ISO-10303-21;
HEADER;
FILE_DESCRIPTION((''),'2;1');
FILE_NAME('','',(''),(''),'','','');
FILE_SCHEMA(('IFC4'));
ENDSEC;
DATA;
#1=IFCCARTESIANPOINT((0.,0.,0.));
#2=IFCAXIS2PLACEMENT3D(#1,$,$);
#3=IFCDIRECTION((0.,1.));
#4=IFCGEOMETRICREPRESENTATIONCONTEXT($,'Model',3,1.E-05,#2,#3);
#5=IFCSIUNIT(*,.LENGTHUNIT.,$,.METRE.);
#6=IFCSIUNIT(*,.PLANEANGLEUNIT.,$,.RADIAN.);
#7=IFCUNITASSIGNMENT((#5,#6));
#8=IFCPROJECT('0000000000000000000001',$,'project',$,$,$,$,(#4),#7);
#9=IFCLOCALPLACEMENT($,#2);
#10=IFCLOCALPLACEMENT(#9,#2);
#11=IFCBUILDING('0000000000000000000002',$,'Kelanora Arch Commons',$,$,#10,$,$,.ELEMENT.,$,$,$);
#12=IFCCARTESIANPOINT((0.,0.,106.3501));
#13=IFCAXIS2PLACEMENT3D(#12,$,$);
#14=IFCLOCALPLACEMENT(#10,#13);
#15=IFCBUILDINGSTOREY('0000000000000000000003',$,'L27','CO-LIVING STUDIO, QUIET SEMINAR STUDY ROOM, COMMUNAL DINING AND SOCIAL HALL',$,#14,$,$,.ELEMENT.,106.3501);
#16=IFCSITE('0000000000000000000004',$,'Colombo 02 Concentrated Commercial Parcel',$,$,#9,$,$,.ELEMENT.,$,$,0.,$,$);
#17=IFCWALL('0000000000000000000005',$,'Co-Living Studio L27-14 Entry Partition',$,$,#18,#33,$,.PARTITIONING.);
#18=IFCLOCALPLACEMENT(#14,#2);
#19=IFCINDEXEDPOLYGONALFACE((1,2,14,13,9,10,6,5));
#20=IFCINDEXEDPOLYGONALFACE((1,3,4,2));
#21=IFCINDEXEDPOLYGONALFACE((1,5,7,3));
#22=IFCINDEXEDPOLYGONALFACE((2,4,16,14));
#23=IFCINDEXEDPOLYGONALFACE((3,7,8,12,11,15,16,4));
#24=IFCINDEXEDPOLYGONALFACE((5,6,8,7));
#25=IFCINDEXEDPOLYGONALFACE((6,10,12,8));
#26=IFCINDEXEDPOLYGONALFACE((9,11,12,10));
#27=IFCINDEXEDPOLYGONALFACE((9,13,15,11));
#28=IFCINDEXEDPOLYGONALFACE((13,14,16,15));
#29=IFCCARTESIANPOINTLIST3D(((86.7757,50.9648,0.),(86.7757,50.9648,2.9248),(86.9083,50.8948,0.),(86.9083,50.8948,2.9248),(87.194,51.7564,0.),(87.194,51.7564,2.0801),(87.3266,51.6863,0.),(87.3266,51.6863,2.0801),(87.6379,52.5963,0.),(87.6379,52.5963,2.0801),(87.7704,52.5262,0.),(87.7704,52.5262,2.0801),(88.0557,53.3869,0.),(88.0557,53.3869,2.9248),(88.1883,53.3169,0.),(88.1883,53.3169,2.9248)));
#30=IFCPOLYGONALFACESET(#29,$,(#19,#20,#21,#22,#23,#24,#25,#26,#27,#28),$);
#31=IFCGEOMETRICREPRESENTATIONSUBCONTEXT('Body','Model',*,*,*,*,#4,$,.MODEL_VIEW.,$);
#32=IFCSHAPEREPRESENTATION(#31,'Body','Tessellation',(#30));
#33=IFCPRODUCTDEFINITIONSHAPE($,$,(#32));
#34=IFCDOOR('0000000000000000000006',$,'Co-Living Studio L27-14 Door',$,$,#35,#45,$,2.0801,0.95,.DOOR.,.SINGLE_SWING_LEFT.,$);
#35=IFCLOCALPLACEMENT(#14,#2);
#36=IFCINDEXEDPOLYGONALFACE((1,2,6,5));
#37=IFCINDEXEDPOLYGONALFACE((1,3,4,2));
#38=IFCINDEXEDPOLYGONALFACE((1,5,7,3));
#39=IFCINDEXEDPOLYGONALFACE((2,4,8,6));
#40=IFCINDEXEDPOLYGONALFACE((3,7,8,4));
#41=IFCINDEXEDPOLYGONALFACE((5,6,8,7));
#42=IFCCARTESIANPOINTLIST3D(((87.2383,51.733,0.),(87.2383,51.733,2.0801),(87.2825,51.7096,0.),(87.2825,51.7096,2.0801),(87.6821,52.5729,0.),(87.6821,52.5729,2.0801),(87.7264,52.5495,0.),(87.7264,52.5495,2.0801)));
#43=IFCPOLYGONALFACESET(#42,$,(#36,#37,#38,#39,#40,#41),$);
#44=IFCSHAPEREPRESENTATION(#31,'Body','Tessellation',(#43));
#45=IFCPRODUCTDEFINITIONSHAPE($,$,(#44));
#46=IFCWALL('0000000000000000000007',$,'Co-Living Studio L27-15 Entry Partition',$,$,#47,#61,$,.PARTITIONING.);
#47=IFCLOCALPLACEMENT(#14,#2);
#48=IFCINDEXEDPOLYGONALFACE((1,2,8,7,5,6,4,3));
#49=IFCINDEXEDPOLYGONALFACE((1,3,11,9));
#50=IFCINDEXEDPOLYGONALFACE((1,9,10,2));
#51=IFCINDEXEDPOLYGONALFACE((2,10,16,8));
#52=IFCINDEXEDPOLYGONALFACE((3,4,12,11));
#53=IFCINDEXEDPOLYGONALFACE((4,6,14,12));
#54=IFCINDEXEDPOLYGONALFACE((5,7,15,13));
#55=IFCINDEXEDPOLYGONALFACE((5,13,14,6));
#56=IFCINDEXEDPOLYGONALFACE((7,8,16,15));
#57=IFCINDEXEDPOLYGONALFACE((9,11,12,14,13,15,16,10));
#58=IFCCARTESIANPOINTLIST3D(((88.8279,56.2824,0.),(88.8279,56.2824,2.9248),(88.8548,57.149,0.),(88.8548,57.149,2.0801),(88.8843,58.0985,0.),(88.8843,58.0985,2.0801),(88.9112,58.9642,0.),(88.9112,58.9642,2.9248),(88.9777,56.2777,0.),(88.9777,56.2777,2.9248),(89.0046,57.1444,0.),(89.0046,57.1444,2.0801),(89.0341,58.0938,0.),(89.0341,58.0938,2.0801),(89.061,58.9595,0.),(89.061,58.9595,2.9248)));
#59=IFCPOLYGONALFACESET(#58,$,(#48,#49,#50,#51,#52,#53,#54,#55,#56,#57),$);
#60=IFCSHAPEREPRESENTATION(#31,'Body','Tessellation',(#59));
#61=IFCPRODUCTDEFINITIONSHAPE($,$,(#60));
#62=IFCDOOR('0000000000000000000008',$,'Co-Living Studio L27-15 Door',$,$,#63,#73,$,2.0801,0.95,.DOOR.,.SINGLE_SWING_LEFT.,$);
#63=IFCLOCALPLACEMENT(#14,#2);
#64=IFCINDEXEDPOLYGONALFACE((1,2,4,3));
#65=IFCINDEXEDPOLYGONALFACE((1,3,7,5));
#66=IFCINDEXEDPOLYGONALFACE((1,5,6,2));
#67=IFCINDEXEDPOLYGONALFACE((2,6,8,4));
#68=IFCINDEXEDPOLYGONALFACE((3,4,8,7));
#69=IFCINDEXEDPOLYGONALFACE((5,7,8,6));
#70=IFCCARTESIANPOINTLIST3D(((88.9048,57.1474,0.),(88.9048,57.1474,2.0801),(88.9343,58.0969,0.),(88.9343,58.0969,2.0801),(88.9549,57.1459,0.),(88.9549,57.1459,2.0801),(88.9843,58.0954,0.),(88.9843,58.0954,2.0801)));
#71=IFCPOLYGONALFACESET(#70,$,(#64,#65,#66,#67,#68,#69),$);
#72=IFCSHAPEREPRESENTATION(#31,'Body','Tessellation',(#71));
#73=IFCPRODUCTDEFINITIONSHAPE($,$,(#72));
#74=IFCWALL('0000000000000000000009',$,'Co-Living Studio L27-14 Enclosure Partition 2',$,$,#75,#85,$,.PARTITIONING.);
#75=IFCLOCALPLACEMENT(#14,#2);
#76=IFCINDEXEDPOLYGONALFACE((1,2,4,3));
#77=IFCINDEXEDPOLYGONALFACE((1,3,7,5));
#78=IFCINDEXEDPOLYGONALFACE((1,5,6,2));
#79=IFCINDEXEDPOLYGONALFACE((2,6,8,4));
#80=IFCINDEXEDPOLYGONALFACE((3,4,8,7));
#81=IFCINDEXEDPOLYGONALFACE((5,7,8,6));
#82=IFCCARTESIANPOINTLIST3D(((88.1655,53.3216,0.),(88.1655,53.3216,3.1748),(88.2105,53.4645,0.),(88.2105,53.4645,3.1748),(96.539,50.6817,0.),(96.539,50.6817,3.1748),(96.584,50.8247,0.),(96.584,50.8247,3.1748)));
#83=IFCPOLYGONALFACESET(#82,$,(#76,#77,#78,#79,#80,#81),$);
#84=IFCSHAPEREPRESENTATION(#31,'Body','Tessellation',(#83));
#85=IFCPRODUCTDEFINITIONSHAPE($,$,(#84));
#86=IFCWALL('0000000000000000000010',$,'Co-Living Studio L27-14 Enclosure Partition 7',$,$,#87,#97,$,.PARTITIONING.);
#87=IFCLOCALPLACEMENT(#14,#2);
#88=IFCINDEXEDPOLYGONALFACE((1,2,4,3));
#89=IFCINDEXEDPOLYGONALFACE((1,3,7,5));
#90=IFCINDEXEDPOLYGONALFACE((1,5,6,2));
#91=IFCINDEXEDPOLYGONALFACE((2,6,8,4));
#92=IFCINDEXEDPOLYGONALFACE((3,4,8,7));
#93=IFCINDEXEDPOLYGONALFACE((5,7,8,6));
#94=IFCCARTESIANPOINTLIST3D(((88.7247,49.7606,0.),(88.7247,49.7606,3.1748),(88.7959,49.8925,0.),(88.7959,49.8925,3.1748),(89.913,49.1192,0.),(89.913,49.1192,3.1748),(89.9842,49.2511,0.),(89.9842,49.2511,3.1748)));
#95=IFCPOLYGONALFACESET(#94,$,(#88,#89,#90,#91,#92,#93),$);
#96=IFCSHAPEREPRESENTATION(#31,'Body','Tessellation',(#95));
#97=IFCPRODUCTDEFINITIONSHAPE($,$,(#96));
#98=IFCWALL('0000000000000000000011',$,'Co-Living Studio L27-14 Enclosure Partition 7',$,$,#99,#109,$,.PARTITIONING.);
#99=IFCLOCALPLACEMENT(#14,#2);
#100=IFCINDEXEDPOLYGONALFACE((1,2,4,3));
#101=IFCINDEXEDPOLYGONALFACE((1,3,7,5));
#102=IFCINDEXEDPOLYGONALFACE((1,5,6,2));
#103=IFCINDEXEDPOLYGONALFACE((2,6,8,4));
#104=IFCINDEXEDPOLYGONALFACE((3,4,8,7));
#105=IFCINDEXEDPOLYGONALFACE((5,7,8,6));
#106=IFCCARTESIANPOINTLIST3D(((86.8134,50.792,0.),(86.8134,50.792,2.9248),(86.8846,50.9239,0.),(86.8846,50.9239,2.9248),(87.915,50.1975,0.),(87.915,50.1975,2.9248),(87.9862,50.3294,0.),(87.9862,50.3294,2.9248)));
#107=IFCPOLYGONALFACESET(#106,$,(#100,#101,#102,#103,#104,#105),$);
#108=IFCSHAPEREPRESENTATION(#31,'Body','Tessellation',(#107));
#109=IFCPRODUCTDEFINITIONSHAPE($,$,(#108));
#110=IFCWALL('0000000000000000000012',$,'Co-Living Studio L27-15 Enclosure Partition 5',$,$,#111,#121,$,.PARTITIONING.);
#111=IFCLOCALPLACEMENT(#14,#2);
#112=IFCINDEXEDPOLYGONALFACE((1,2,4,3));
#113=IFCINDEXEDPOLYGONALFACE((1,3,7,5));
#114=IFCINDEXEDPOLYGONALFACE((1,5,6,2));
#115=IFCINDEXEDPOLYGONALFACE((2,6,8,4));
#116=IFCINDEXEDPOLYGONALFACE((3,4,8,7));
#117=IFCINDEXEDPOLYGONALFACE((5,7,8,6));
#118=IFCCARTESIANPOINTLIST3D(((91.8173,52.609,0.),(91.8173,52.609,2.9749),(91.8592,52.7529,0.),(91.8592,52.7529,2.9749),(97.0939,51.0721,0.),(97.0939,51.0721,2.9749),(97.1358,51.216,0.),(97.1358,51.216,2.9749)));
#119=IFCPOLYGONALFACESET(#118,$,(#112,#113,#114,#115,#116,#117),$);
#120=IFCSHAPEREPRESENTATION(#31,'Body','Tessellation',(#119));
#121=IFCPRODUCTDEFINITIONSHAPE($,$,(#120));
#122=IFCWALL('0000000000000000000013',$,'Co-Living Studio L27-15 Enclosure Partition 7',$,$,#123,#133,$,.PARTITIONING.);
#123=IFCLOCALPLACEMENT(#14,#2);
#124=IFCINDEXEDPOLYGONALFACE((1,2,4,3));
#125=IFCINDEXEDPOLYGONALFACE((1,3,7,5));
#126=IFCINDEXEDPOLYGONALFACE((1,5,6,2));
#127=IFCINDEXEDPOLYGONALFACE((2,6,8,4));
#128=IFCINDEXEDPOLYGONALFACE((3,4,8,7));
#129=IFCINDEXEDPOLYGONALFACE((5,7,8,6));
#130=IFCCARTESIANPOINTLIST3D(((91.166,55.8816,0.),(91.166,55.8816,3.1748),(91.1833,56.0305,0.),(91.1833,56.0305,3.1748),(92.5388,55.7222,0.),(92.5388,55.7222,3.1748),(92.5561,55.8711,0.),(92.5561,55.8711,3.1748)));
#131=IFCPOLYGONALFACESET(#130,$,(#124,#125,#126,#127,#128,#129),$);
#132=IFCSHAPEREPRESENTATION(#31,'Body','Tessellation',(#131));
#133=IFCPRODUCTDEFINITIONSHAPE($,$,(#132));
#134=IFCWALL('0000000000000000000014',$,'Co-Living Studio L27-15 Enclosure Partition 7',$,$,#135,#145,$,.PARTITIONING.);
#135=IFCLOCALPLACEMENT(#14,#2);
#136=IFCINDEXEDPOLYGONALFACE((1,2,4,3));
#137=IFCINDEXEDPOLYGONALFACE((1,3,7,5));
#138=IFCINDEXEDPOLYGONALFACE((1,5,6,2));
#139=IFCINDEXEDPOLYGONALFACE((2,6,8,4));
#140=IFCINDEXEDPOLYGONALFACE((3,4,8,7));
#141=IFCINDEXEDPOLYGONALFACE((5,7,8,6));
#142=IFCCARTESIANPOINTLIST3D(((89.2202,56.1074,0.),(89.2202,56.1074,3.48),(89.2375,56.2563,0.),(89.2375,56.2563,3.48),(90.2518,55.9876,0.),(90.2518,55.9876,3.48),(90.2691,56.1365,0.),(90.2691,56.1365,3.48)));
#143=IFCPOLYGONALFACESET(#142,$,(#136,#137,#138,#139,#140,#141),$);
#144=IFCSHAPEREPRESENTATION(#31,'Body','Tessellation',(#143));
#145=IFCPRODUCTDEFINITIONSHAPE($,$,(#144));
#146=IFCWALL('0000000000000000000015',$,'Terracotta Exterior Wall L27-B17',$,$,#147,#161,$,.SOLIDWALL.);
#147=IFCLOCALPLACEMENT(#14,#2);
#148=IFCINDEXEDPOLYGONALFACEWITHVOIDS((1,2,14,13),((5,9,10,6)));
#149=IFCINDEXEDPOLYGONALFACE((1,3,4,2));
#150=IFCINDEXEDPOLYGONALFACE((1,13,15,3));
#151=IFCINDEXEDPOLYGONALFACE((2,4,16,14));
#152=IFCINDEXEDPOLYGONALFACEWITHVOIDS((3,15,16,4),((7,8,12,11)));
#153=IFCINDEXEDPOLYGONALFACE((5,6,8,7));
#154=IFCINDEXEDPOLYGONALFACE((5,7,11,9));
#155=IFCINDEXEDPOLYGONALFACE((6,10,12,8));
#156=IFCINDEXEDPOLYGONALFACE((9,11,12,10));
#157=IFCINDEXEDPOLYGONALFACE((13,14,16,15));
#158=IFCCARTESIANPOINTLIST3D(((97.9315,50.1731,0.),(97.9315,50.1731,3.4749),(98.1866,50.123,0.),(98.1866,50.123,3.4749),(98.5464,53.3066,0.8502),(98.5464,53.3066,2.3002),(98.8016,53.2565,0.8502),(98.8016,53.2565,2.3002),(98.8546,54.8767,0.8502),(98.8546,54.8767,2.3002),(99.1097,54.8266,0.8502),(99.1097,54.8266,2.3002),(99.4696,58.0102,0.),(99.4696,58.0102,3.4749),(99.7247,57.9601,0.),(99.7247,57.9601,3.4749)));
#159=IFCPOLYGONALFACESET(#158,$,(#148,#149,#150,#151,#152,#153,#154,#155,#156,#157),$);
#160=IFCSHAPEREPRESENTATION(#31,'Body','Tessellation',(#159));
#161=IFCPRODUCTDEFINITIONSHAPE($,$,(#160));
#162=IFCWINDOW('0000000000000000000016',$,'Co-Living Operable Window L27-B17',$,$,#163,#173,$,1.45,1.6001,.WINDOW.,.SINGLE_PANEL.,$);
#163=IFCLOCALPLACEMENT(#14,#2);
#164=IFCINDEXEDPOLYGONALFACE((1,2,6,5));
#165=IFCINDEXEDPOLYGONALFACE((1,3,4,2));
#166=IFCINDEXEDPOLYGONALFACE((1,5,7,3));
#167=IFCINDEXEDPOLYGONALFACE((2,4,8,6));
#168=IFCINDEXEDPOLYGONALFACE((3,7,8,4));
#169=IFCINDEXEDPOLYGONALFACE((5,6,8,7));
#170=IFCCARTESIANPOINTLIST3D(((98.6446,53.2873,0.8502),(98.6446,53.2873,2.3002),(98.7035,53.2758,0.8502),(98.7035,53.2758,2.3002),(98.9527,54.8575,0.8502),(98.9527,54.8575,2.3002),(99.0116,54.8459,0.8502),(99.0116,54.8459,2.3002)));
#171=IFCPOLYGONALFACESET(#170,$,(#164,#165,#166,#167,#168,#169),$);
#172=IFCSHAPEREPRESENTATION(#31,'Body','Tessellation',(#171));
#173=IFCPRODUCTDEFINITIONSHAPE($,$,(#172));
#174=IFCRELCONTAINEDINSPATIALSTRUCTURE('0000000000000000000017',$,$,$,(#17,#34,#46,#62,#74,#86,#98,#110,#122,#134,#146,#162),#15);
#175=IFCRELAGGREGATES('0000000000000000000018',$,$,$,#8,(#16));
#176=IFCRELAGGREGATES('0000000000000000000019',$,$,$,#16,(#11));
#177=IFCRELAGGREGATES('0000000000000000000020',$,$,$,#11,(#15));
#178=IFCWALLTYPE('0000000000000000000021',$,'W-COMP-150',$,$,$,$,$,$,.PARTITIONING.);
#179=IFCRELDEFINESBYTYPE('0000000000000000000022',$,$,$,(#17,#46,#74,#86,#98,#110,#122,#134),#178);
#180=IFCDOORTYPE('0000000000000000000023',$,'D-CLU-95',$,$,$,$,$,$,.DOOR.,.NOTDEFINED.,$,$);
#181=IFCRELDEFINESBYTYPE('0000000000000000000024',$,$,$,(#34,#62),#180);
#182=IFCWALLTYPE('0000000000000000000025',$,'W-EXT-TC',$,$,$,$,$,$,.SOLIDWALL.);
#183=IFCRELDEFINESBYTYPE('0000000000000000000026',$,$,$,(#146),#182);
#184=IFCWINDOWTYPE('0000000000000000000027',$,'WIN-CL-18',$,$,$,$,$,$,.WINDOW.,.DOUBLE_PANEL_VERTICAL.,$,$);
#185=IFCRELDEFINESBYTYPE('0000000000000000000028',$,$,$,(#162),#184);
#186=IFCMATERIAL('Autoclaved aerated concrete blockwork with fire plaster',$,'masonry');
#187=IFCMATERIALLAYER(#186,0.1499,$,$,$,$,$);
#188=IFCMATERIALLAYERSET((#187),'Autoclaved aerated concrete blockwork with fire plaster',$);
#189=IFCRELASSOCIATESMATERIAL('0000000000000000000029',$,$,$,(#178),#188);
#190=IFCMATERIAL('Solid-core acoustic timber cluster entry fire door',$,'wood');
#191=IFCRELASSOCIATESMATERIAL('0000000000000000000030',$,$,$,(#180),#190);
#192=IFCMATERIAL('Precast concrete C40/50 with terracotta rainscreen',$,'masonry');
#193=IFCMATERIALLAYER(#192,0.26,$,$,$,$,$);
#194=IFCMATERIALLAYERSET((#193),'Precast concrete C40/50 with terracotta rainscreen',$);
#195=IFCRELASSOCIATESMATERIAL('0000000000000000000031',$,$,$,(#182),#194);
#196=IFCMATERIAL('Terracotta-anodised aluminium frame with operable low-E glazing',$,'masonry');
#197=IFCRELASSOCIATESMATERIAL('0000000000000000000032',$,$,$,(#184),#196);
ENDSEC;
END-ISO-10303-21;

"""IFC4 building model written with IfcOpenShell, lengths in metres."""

from ifc_helpers import new_model, si_unit, direction, frame, frame_2d, origin, place, context, subcontext, project, spatial, rectangle, extrude, material, layer, layer_set, type_object, element, fill, save


model = new_model("IFC4")

# Units and contexts
model_context = context("Model", 3, precision=1e-05, world=origin(), true_north=direction((0.0, 1.0)))
body_context = subcontext(model_context, "Body", "Model", "MODEL_VIEW")
ifc_project = project(units=[si_unit("LENGTHUNIT", "METRE"), si_unit("PLANEANGLEUNIT", "RADIAN")], contexts=[model_context])

# Site, building, storey
site_placement = place(None, origin())
site = spatial("IfcSite", under=ifc_project, at=site_placement, Name="Colombo 02 Concentrated Commercial Parcel", CompositionType="ELEMENT", RefElevation=0.0)
building_placement = place(site_placement, origin())
building = spatial("IfcBuilding", under=site, at=building_placement, Name="Kelanora Arch Commons", CompositionType="ELEMENT")
storey_placement = place(building_placement, frame((0.0, 0.0, 106.3501)))
storey = spatial("IfcBuildingStorey", under=building, at=storey_placement, Name="L27", Description="CO-LIVING STUDIO, QUIET SEMINAR STUDY ROOM, COMMUNAL DINING AND SOCIAL HALL", CompositionType="ELEMENT", Elevation=106.3501)

# Walls, openings, doors
ifc_material_1 = material(Name="Autoclaved aerated concrete blockwork with fire plaster", Category="masonry")
ifc_layer_1 = layer(ifc_material_1, 0.1499)
ifc_layer_set_1 = layer_set([ifc_layer_1], Name="Autoclaved aerated concrete blockwork with fire plaster")
wall_type_1 = type_object("IfcWallType", Name="W-COMP-150", PredefinedType="PARTITIONING", material=ifc_layer_set_1)
wall_1_placement = place(storey_placement, frame((86.842, 50.9299, 0.0), z_axis=(0.0, 0.0, 1.0), x_axis=(0.467241, 0.88413, 0.0)))
wall_1 = element("IfcWall", 1, at=wall_1_placement, inside=storey, type_object=wall_type_1, Name="Co-Living Studio L27-14 Entry Partition", PredefinedType="PARTITIONING", context=body_context, shape_type="SweptSolid", body=[
    extrude(rectangle(XDim=2.7395, YDim=0.1499, at=frame_2d((1.3696, 0.0))), origin(), (0.0, 0.0, 1.0), 2.9248),
])
opening_1_placement = place(wall_1_placement, frame((0.895, 0.0, 0.0)))
opening_1 = element("IfcOpeningElement", 2, at=opening_1_placement, cuts=wall_1, PredefinedType="OPENING", context=body_context, shape_type="SweptSolid", body=[
    extrude(rectangle(XDim=0.95, YDim=2.0801, at=frame_2d((0.4751, 1.04))), frame((0.0, 0.085, 0.0), z_axis=(0.0, -1.0, 0.0), x_axis=(1.0, 0.0, 0.0)), (0.0, 0.0, 1.0), 0.1699),
])
ifc_material_2 = material(Name="Solid-core acoustic timber cluster entry fire door", Category="wood")
door_type_1 = type_object("IfcDoorType", Name="D-CLU-95", OperationType="NOTDEFINED", PredefinedType="DOOR", material=ifc_material_2)
door_1_placement = place(opening_1_placement, origin())
door_1 = element("IfcDoor", 3, at=door_1_placement, inside=storey, type_object=door_type_1, Name="Co-Living Studio L27-14 Door", OperationType="SINGLE_SWING_LEFT", OverallHeight=2.0801, OverallWidth=0.95, PredefinedType="DOOR", context=body_context, shape_type="SweptSolid", body=[
    extrude(rectangle(XDim=0.95, YDim=2.0801, at=frame_2d((0.4751, 1.04))), frame((0.0, 0.0249, 0.0), z_axis=(0.0, -1.0, 0.0), x_axis=(1.0, 0.0, 0.0)), (0.0, 0.0, 1.0), 0.05),
])
fill(opening_1, door_1)
wall_2_placement = place(storey_placement, frame((88.9028, 56.28, 0.0), z_axis=(0.0, 0.0, 1.0), x_axis=(0.031027, 0.999519, 0.0)))
wall_2 = element("IfcWall", 4, at=wall_2_placement, inside=storey, type_object=wall_type_1, Name="Co-Living Studio L27-15 Entry Partition", PredefinedType="PARTITIONING", context=body_context, shape_type="SweptSolid", body=[
    extrude(rectangle(XDim=2.6831, YDim=0.1499, at=frame_2d((1.3416, 0.0))), origin(), (0.0, 0.0, 1.0), 2.9248),
])
opening_2_placement = place(wall_2_placement, frame((0.8669, 0.0, 0.0)))
opening_2 = element("IfcOpeningElement", 5, at=opening_2_placement, cuts=wall_2, PredefinedType="OPENING", context=body_context, shape_type="SweptSolid", body=[
    extrude(rectangle(XDim=0.95, YDim=2.0801, at=frame_2d((0.4751, 1.04))), frame((0.0, 0.085, 0.0), z_axis=(0.0, -1.0, 0.0), x_axis=(1.0, 0.0, 0.0)), (0.0, 0.0, 1.0), 0.1699),
])
door_2_placement = place(opening_2_placement, origin())
door_2 = element("IfcDoor", 6, at=door_2_placement, inside=storey, type_object=door_type_1, Name="Co-Living Studio L27-15 Door", OperationType="SINGLE_SWING_LEFT", OverallHeight=2.0801, OverallWidth=0.95, PredefinedType="DOOR", context=body_context, shape_type="SweptSolid", body=[
    extrude(rectangle(XDim=0.95, YDim=2.0801, at=frame_2d((0.4751, 1.04))), frame((0.0, 0.0249, 0.0), z_axis=(0.0, -1.0, 0.0), x_axis=(1.0, 0.0, 0.0)), (0.0, 0.0, 1.0), 0.05),
])
fill(opening_2, door_2)

# Walls
wall_3_placement = place(storey_placement, frame((88.188, 53.3931, 0.0), z_axis=(0.0, 0.0, 1.0), x_axis=(0.953726, -0.300678, 0.0)))
element("IfcWall", 7, at=wall_3_placement, inside=storey, type_object=wall_type_1, Name="Co-Living Studio L27-14 Enclosure Partition 2", PredefinedType="PARTITIONING", context=body_context, shape_type="SweptSolid", body=[
    extrude(rectangle(XDim=8.7798, YDim=0.1499, at=frame_2d((4.3899, 0.0))), origin(), (0.0, 0.0, 1.0), 3.1748),
])
wall_4_placement = place(storey_placement, frame((89.9487, 49.1851, 0.0), z_axis=(0.0, 0.0, 1.0), x_axis=(-0.879995, 0.474984, 0.0)))
element("IfcWall", 8, at=wall_4_placement, inside=storey, type_object=wall_type_1, Name="Co-Living Studio L27-14 Enclosure Partition 7", PredefinedType="PARTITIONING", context=body_context, shape_type="SweptSolid", body=[
    extrude(rectangle(XDim=1.3503, YDim=0.1499, at=frame_2d((0.6753, 0.0))), origin(), (0.0, 0.0, 1.0), 3.1748),
])
wall_5_placement = place(storey_placement, frame((87.9507, 50.2634, 0.0), z_axis=(0.0, 0.0, 1.0), x_axis=(-0.880026, 0.474925, 0.0)))
element("IfcWall", 9, at=wall_5_placement, inside=storey, type_object=wall_type_1, Name="Co-Living Studio L27-14 Enclosure Partition 7", PredefinedType="PARTITIONING", context=body_context, shape_type="SweptSolid", body=[
    extrude(rectangle(XDim=1.2517, YDim=0.1499, at=frame_2d((0.626, 0.0))), origin(), (0.0, 0.0, 1.0), 2.9248),
])
wall_6_placement = place(storey_placement, frame((97.115, 51.144, 0.0), z_axis=(0.0, 0.0, 1.0), x_axis=(-0.960105, 0.27964, 0.0)))
element("IfcWall", 10, at=wall_6_placement, inside=storey, type_object=wall_type_1, Name="Co-Living Studio L27-15 Enclosure Partition 5", PredefinedType="PARTITIONING", context=body_context, shape_type="SweptSolid", body=[
    extrude(rectangle(XDim=5.4958, YDim=0.1499, at=frame_2d((2.748, 0.0))), origin(), (0.0, 0.0, 1.0), 2.9749),
])
wall_7_placement = place(storey_placement, frame((92.5474, 55.7966, 0.0), z_axis=(0.0, 0.0, 1.0), x_axis=(-0.993324, 0.115355, 0.0)))
element("IfcWall", 11, at=wall_7_placement, inside=storey, type_object=wall_type_1, Name="Co-Living Studio L27-15 Enclosure Partition 7", PredefinedType="PARTITIONING", context=body_context, shape_type="SweptSolid", body=[
    extrude(rectangle(XDim=1.3821, YDim=0.1499, at=frame_2d((0.6909, 0.0))), origin(), (0.0, 0.0, 1.0), 3.1748),
])
wall_8_placement = place(storey_placement, frame((90.2605, 56.062, 0.0), z_axis=(0.0, 0.0, 1.0), x_axis=(-0.993318, 0.115409, 0.0)))
element("IfcWall", 12, at=wall_8_placement, inside=storey, type_object=wall_type_1, Name="Co-Living Studio L27-15 Enclosure Partition 7", PredefinedType="PARTITIONING", context=body_context, shape_type="SweptSolid", body=[
    extrude(rectangle(XDim=1.0386, YDim=0.1499, at=frame_2d((0.5193, 0.0))), origin(), (0.0, 0.0, 1.0), 3.48),
])

# Wall, opening, window
ifc_material_3 = material(Name="Precast concrete C40/50 with terracotta rainscreen", Category="masonry")
ifc_layer_2 = layer(ifc_material_3, 0.26)
ifc_layer_set_2 = layer_set([ifc_layer_2], Name="Precast concrete C40/50 with terracotta rainscreen")
wall_type_2 = type_object("IfcWallType", Name="W-EXT-TC", PredefinedType="SOLIDWALL", material=ifc_layer_set_2)
wall_9_placement = place(storey_placement, frame((98.0591, 50.1482, 0.0), z_axis=(0.0, 0.0, 1.0), x_axis=(0.192582, 0.981281, 0.0)))
wall_9 = element("IfcWall", 13, at=wall_9_placement, inside=storey, type_object=wall_type_2, Name="Terracotta Exterior Wall L27-B17", PredefinedType="SOLIDWALL", context=body_context, shape_type="SweptSolid", body=[
    extrude(rectangle(XDim=7.9866, YDim=0.26, at=frame_2d((3.9932, 0.0))), origin(), (0.0, 0.0, 1.0), 3.4749),
])
opening_3_placement = place(wall_9_placement, frame((3.1931, 0.0, 0.8501)))
opening_3 = element("IfcOpeningElement", 14, at=opening_3_placement, cuts=wall_9, PredefinedType="OPENING", context=body_context, shape_type="SweptSolid", body=[
    extrude(rectangle(XDim=1.6001, YDim=1.45, at=frame_2d((0.8, 0.7251))), frame((0.0, 0.1401, 0.0), z_axis=(0.0, -1.0, 0.0), x_axis=(1.0, 0.0, 0.0)), (0.0, 0.0, 1.0), 0.28),
])
ifc_material_4 = material(Name="Terracotta-anodised aluminium frame with operable low-E glazing", Category="masonry")
window_type = type_object("IfcWindowType", Name="WIN-CL-18", PartitioningType="DOUBLE_PANEL_VERTICAL", PredefinedType="WINDOW", material=ifc_material_4)
window_placement = place(opening_3_placement, origin())
window = element("IfcWindow", 15, at=window_placement, inside=storey, type_object=window_type, Name="Co-Living Operable Window L27-B17", OverallHeight=1.45, OverallWidth=1.6001, PartitioningType="SINGLE_PANEL", PredefinedType="WINDOW", context=body_context, shape_type="SweptSolid", body=[
    extrude(rectangle(XDim=1.6001, YDim=1.45, at=frame_2d((0.8, 0.7251))), frame((0.0, 0.03, 0.0), z_axis=(0.0, -1.0, 0.0), x_axis=(1.0, 0.0, 0.0)), (0.0, 0.0, 1.0), 0.0601),
])
fill(opening_3, window)

save(model, "model.ifc")
